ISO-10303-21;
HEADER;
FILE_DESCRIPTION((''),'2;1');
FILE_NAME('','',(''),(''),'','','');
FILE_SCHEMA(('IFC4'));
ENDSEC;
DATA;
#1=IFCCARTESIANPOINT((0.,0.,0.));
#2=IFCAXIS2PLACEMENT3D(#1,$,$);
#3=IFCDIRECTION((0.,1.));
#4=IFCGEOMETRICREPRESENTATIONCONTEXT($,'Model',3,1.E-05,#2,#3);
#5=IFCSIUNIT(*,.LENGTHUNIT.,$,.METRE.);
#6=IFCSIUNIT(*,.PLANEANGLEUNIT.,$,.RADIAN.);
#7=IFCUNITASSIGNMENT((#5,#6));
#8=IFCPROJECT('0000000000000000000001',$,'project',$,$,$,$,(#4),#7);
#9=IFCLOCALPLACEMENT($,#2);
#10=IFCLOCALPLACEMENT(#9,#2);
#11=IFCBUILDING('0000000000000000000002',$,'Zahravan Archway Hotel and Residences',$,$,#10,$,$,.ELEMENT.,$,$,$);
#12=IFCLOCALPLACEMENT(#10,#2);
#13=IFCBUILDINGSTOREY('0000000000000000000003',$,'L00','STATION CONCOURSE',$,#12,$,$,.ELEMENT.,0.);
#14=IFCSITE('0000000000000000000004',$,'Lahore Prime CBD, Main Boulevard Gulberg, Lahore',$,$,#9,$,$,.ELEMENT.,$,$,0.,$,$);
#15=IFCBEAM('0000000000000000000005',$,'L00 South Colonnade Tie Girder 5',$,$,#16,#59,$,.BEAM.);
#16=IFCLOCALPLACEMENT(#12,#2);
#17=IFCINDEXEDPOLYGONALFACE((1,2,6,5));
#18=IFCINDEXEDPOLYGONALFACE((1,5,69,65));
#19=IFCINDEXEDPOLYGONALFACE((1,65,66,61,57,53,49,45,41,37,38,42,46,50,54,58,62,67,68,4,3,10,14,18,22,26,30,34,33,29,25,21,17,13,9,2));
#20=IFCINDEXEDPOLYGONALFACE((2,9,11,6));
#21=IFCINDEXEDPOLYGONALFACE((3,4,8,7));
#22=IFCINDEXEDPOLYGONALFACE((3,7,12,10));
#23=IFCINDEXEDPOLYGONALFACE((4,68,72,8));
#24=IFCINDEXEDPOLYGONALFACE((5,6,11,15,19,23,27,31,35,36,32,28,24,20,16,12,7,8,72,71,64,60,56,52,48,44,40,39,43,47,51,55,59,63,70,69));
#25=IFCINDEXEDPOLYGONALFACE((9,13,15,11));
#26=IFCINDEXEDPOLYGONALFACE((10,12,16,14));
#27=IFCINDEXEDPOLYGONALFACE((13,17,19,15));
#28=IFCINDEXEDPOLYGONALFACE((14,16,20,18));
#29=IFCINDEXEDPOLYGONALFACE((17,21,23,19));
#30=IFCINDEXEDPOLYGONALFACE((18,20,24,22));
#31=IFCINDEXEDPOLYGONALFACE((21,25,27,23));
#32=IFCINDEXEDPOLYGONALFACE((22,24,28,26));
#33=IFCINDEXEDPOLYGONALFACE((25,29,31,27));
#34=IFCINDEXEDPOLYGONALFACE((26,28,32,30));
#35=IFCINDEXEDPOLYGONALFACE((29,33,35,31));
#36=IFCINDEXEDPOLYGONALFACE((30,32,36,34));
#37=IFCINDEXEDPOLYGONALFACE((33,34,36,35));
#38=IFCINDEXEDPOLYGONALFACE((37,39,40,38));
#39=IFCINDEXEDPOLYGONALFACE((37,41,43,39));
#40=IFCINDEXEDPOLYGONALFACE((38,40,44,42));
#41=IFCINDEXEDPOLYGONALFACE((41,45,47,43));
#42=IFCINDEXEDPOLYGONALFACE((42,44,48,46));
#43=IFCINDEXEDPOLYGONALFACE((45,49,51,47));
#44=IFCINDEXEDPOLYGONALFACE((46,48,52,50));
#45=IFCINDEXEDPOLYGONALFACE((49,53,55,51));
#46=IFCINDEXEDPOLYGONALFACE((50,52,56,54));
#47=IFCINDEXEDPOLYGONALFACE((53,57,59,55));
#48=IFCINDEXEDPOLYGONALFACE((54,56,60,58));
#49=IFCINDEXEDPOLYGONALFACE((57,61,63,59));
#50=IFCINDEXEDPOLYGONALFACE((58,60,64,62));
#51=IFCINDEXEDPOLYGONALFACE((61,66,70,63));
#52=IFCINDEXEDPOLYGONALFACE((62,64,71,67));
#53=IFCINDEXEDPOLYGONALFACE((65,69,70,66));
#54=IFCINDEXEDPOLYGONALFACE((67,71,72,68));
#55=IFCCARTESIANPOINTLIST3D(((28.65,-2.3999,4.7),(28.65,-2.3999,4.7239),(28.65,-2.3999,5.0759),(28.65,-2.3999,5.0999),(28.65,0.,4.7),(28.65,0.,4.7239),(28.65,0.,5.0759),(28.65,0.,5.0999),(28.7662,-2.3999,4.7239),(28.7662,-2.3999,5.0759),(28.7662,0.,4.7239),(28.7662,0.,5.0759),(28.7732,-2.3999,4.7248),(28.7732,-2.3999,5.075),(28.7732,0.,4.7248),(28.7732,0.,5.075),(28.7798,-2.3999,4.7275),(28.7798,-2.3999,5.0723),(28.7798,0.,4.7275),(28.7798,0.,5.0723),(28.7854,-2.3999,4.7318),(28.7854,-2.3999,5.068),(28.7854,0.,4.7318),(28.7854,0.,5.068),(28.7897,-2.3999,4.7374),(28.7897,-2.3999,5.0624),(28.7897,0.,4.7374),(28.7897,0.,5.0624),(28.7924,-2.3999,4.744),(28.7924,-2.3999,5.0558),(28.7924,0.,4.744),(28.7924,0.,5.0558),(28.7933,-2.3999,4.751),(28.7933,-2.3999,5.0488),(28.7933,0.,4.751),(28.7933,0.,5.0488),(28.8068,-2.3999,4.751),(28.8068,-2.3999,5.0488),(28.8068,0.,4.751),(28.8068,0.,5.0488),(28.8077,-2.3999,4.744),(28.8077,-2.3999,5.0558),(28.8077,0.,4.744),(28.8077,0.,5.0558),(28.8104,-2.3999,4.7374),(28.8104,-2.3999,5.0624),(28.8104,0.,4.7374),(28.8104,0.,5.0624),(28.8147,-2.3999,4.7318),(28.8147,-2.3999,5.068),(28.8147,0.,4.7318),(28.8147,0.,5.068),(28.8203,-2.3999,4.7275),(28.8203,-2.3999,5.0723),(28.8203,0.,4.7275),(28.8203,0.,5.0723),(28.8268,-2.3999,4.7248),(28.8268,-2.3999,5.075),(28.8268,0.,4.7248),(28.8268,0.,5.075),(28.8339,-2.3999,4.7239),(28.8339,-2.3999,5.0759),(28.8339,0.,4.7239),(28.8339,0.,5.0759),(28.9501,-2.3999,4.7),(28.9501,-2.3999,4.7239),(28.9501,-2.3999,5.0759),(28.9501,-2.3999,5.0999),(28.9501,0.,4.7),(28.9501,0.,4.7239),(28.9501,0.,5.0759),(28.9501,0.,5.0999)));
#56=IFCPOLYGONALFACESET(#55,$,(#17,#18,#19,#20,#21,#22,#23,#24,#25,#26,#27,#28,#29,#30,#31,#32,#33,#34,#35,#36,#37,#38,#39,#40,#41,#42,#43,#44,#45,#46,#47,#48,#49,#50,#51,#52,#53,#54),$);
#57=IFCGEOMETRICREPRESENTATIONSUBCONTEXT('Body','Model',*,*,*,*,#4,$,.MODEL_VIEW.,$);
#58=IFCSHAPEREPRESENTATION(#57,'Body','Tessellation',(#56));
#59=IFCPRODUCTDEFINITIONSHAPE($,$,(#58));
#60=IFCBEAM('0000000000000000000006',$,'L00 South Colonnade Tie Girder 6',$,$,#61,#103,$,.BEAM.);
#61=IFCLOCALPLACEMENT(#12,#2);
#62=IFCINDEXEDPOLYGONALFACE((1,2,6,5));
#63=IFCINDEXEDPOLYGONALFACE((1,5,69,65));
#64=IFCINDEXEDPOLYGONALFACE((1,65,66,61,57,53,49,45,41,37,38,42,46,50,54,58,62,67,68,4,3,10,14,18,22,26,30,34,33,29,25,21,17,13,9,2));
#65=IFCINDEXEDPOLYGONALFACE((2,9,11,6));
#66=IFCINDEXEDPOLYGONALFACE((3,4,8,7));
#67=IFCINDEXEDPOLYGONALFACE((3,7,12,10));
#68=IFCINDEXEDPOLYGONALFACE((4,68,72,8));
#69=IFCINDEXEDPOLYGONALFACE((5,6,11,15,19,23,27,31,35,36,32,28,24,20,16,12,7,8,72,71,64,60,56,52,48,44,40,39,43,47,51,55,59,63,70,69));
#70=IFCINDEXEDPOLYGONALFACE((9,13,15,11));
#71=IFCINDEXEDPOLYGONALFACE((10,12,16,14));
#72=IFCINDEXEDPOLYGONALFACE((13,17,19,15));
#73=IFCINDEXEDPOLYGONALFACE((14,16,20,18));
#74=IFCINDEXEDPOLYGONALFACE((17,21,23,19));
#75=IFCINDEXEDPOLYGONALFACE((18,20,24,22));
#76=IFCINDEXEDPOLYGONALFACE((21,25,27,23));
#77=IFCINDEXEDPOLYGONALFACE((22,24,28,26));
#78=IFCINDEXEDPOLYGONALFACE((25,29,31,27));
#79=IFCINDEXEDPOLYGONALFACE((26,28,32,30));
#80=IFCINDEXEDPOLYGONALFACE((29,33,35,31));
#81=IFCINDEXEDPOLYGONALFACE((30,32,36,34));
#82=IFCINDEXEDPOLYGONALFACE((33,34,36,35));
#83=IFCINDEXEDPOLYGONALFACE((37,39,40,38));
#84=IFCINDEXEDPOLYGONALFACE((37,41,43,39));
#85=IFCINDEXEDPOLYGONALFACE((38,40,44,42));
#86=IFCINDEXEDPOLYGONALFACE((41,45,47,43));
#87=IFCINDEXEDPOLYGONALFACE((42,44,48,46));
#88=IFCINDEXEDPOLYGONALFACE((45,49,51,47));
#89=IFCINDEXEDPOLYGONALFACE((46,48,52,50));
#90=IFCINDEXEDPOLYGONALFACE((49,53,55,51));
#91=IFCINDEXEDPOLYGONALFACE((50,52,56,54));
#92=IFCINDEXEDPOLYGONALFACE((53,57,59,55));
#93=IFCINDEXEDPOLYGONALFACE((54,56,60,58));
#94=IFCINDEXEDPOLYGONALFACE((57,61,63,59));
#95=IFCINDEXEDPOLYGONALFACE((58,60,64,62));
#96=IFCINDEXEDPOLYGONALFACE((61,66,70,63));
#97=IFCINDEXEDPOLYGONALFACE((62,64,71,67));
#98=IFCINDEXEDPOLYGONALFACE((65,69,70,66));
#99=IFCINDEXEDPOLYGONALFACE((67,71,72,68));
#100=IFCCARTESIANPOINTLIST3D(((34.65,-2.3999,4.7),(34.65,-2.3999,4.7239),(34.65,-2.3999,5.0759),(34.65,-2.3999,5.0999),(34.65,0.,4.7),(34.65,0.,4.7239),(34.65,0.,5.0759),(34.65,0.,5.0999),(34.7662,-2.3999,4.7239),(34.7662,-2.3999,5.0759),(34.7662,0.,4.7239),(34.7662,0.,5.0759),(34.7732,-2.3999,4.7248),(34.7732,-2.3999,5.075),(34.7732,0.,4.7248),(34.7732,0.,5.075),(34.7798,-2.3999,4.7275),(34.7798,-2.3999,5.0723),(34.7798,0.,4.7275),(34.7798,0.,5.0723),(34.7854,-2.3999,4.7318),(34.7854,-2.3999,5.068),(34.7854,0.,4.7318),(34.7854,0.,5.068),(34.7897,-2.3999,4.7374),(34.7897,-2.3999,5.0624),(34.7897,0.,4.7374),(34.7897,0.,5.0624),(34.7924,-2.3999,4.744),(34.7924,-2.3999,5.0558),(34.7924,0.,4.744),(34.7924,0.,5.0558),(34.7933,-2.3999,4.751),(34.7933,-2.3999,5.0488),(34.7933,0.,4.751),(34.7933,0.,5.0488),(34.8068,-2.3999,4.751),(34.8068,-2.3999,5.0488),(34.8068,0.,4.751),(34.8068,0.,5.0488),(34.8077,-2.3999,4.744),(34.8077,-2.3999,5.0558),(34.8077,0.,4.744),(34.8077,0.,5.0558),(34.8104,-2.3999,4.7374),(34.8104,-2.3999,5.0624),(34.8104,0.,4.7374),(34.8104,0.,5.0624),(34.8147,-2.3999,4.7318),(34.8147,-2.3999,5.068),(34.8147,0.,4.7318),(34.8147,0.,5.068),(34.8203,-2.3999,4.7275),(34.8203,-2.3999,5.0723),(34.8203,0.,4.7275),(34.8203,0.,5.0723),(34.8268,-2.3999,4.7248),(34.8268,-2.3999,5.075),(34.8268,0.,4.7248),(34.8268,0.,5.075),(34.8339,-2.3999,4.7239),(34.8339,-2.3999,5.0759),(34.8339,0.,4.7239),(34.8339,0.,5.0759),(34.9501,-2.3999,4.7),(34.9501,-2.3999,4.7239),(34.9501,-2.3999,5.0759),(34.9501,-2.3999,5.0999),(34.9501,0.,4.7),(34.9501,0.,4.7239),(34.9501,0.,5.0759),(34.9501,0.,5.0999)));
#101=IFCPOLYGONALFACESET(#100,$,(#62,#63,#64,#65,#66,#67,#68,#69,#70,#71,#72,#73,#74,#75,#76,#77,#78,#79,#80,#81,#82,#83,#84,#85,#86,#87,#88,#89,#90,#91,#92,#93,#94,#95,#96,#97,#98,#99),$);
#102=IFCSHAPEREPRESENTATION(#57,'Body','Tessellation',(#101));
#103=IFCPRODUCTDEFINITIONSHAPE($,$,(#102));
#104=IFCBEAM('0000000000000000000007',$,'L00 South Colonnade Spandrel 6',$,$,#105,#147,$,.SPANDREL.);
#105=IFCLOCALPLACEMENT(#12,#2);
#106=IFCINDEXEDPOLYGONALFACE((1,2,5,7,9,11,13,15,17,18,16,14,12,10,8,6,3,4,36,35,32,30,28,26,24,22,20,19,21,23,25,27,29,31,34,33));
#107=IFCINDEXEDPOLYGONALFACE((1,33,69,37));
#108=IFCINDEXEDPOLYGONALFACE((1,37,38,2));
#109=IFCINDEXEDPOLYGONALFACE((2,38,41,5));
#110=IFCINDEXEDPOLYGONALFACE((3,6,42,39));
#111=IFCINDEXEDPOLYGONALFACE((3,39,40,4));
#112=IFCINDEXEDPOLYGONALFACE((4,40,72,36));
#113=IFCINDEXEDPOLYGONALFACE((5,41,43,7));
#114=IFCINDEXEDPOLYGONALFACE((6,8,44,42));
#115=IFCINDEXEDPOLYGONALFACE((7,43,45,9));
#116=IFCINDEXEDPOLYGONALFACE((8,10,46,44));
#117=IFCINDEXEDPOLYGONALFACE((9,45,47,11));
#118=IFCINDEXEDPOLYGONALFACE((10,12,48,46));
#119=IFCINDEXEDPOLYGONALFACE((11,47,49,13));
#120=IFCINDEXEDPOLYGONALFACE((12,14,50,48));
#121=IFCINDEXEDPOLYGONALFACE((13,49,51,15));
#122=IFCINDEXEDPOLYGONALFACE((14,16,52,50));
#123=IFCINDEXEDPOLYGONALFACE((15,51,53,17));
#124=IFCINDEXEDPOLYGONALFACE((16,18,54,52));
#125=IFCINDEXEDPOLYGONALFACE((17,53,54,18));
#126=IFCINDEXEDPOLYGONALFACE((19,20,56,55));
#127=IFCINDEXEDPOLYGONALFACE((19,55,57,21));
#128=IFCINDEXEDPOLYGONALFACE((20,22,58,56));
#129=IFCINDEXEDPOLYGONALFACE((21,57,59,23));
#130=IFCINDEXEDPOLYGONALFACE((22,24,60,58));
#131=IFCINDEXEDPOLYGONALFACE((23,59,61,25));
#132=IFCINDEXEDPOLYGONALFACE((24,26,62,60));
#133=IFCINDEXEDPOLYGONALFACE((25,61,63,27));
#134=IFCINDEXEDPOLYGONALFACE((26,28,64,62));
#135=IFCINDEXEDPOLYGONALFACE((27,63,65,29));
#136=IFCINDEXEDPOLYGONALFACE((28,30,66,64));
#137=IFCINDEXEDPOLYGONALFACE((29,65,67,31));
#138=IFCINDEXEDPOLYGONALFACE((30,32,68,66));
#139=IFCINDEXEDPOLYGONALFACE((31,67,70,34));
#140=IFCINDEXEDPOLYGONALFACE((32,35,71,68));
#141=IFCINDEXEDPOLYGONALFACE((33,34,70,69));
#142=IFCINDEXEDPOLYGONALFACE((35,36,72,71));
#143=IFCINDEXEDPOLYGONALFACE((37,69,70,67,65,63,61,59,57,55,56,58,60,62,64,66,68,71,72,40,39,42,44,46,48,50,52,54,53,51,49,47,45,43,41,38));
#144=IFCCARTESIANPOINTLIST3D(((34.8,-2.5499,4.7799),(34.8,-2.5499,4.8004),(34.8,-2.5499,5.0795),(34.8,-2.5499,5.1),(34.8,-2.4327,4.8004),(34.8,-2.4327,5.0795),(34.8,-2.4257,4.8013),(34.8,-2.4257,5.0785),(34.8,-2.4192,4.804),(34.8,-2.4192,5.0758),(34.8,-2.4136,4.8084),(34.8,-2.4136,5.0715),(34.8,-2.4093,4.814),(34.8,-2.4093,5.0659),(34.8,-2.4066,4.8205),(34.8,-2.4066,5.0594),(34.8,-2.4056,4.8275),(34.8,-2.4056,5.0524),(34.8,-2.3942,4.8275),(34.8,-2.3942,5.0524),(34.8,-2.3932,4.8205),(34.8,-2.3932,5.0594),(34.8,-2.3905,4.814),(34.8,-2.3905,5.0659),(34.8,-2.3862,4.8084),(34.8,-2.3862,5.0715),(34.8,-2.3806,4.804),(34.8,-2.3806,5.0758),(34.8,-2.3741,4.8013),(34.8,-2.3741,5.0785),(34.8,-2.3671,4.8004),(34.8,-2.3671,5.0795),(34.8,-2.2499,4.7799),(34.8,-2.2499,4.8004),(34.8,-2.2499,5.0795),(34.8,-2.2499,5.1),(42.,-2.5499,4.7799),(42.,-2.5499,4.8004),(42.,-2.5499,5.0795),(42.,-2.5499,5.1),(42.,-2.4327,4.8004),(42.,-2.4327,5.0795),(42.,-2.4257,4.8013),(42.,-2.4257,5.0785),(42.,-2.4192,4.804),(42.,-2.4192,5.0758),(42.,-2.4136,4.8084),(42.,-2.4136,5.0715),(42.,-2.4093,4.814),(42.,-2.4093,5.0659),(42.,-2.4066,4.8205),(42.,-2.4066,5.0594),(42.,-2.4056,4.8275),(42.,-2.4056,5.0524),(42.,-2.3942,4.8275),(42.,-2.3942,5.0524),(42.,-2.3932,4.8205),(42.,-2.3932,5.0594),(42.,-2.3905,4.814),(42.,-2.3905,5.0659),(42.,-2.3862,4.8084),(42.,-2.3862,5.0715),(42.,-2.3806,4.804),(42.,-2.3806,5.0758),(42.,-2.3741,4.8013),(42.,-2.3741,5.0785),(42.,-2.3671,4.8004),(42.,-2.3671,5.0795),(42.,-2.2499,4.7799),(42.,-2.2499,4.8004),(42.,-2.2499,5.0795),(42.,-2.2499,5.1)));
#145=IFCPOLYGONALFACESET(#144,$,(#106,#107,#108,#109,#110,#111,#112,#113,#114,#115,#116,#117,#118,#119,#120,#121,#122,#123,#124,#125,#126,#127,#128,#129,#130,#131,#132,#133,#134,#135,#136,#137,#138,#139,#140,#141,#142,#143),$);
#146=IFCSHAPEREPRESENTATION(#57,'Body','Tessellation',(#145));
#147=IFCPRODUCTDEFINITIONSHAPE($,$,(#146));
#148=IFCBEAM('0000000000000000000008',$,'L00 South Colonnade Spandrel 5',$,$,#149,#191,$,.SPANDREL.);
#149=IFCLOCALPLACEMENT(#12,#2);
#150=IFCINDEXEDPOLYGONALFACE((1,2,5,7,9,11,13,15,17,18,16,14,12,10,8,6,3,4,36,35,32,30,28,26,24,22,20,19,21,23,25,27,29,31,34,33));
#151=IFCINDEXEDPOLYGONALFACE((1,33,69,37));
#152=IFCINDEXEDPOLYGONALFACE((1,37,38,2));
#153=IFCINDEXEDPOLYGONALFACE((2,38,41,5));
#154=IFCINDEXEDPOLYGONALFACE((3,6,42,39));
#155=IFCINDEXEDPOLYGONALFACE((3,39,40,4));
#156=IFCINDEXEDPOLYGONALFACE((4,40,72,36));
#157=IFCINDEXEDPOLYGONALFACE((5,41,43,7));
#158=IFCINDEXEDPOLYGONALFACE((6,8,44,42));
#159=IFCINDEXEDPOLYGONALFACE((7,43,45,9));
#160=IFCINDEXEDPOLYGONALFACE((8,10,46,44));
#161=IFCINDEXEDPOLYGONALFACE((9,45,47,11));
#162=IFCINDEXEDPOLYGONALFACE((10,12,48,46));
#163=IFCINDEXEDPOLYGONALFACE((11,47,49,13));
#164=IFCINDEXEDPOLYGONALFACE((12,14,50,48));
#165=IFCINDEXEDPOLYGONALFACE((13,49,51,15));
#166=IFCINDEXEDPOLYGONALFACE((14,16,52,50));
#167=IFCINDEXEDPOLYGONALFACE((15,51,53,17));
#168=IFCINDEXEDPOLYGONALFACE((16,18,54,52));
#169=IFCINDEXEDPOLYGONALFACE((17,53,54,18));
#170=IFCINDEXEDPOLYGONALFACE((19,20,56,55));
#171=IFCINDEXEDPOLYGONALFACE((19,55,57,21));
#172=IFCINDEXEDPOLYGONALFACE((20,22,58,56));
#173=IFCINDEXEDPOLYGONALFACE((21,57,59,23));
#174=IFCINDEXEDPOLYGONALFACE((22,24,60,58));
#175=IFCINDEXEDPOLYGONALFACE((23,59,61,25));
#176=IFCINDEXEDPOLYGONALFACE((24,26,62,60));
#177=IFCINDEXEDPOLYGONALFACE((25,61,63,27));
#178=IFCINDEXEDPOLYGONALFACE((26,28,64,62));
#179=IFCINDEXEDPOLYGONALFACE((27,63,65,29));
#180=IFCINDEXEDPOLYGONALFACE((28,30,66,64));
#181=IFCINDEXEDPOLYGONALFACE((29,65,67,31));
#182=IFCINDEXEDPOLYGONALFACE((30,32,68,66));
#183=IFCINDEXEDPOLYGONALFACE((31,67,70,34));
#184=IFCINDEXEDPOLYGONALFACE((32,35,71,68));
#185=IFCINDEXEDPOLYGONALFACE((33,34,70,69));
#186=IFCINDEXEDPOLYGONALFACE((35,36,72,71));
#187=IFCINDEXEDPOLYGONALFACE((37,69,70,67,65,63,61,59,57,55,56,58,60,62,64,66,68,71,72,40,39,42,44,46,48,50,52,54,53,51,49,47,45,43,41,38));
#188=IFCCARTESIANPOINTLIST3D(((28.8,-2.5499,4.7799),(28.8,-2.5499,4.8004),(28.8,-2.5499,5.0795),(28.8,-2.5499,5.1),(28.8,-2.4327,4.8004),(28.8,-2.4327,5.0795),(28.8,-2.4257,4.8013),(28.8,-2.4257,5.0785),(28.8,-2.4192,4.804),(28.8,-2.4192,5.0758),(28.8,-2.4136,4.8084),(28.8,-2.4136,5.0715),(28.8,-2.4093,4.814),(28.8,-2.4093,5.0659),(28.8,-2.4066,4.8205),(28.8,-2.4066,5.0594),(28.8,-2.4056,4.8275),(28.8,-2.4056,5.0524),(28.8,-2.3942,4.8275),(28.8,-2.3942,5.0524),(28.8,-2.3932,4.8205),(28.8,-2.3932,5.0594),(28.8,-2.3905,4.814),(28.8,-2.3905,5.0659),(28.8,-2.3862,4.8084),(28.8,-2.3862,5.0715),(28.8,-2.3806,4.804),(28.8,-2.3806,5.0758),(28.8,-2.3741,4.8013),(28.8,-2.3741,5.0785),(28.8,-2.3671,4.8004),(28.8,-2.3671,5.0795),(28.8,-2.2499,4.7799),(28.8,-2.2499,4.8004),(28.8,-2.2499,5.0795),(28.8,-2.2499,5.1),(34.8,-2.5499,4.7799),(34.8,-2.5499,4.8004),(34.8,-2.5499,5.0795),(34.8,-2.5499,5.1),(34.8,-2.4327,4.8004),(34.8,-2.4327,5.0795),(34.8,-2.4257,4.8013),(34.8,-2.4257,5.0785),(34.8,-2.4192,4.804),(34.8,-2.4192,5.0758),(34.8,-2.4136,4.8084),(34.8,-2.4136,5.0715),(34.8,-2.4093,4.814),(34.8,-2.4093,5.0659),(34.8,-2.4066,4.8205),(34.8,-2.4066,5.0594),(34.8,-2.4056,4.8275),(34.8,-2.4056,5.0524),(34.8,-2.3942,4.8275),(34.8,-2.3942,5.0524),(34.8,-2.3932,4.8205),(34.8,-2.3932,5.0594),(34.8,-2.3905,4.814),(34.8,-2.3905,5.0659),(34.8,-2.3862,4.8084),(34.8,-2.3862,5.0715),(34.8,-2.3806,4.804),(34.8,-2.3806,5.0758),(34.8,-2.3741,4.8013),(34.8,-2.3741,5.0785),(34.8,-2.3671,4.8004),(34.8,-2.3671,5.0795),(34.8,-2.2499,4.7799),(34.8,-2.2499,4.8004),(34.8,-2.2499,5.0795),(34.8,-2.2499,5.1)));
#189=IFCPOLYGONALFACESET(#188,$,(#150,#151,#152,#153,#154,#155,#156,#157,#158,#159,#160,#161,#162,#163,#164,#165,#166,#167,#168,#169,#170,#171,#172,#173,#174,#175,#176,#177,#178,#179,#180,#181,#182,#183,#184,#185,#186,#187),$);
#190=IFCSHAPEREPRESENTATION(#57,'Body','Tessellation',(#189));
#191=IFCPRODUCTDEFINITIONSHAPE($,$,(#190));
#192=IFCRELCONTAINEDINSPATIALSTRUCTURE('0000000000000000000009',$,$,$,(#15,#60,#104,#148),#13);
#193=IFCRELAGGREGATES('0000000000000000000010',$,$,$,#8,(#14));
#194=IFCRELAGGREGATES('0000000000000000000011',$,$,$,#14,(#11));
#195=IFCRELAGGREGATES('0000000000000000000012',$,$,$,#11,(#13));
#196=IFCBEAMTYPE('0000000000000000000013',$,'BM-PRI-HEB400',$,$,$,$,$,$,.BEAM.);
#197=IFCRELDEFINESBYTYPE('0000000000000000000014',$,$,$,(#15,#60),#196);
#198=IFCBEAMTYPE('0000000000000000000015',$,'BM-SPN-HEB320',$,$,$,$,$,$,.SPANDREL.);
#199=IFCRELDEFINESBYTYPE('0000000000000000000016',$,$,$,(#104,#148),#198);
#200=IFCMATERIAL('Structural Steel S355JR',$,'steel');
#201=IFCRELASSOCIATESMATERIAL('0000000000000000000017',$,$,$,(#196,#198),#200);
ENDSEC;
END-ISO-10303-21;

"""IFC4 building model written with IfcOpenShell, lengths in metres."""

from ifc_helpers import new_model, si_unit, direction, frame, origin, origin_2d, place, context, subcontext, project, spatial, i_section, extrude, source, transform, mapped, material, material_profile, profile_set, type_object, type_shapes, element, save


model = new_model("IFC4")

# Units and contexts
model_context = context("Model", 3, precision=1e-05, world=origin(), true_north=direction((0.0, 1.0)))
body_context = subcontext(model_context, "Body", "Model", "MODEL_VIEW")
ifc_project = project(units=[si_unit("LENGTHUNIT", "METRE"), si_unit("PLANEANGLEUNIT", "RADIAN")], contexts=[model_context])

# Site, building, storey
site_placement = place(None, origin())
site = spatial("IfcSite", under=ifc_project, at=site_placement, Name="Lahore Prime CBD, Main Boulevard Gulberg, Lahore", CompositionType="ELEMENT", RefElevation=0.0)
building_placement = place(site_placement, origin())
building = spatial("IfcBuilding", under=site, at=building_placement, Name="Zahravan Archway Hotel and Residences", CompositionType="ELEMENT")
storey_placement = place(building_placement, origin())
storey = spatial("IfcBuildingStorey", under=building, at=storey_placement, Name="L00", Description="STATION CONCOURSE", CompositionType="ELEMENT", Elevation=0.0)

# Beams
ifc_material_1 = material(Name="Structural Steel S355JR", Category="steel")
ifc_material_profile_1 = material_profile(ifc_material_1, i_section(OverallWidth=0.3, OverallDepth=0.3999, WebThickness=0.0134, FlangeThickness=0.0239, FilletRadius=0.0271, at=origin_2d()), Name="HEB 400", Category="steel")
ifc_profile_set_1 = profile_set([ifc_material_profile_1], Name="Structural Steel S355JR")
beam_type_1 = type_object("IfcBeamType", Name="BM-PRI-HEB400", PredefinedType="BEAM", material=ifc_profile_set_1)
shared_shape_1 = source(origin(), body_context, "Body", "SweptSolid", [
    extrude(i_section(OverallWidth=0.3, OverallDepth=0.3999, WebThickness=0.0134, FlangeThickness=0.0239, FilletRadius=0.0271, at=origin_2d()), origin(), (0.0, 0.0, 1.0), 2.3999),
])
for number, where, z_axis, x_axis, name in (
    (1, (28.8, -2.3999, 4.8999), (0.0, 1.0, 0.0), (-1.0, 0.0, 0.0), "L00 South Colonnade Tie Girder 5"),
    (2, (34.8, -2.3999, 4.8999), (0.0, 1.0, 0.0), (-1.0, 0.0, 0.0), "L00 South Colonnade Tie Girder 6"),
):
    element("IfcBeam", number, at=place(storey_placement, frame(where, z_axis=z_axis, x_axis=x_axis)), inside=storey, type_object=beam_type_1, Name=name, PredefinedType="BEAM", context=body_context, shape_type="MappedRepresentation", body=[
        mapped(shared_shape_1, transform((0.0, 0.0, 0.0), scale=1.0)),
    ])
ifc_material_profile_2 = material_profile(ifc_material_1, i_section(OverallWidth=0.3, OverallDepth=0.3201, WebThickness=0.0115, FlangeThickness=0.0205, FilletRadius=0.0271, at=origin_2d()), Name="HEB 320", Category="steel")
ifc_profile_set_2 = profile_set([ifc_material_profile_2], Name="Structural Steel S355JR")
beam_type_2 = type_object("IfcBeamType", Name="BM-SPN-HEB320", PredefinedType="SPANDREL", material=ifc_profile_set_2)
shared_shape_2 = source(origin(), body_context, "Body", "SweptSolid", [
    extrude(i_section(OverallWidth=0.3, OverallDepth=0.3201, WebThickness=0.0115, FlangeThickness=0.0205, FilletRadius=0.0271, at=origin_2d()), origin(), (0.0, 0.0, 1.0), 7.2),
])
type_shapes(beam_type_2, [shared_shape_2])
beam_1_placement = place(storey_placement, frame((34.8, -2.3999, 4.9399), z_axis=(1.0, 0.0, 0.0), x_axis=(0.0, 1.0, 0.0)))
element("IfcBeam", 3, at=beam_1_placement, inside=storey, type_object=beam_type_2, Name="L00 South Colonnade Spandrel 6", PredefinedType="SPANDREL", context=body_context, shape_type="MappedRepresentation", body=[
    mapped(shared_shape_2, transform((0.0, 0.0, 0.0), scale=1.0)),
])
shared_shape_3 = source(origin(), body_context, "Body", "SweptSolid", [
    extrude(i_section(OverallWidth=0.3, OverallDepth=0.3201, WebThickness=0.0115, FlangeThickness=0.0205, FilletRadius=0.0271, at=origin_2d()), origin(), (0.0, 0.0, 1.0), 6.0),
])
beam_2_placement = place(storey_placement, frame((28.8, -2.3999, 4.9399), z_axis=(1.0, 0.0, 0.0), x_axis=(0.0, 1.0, 0.0)))
element("IfcBeam", 4, at=beam_2_placement, inside=storey, type_object=beam_type_2, Name="L00 South Colonnade Spandrel 5", PredefinedType="SPANDREL", context=body_context, shape_type="MappedRepresentation", body=[
    mapped(shared_shape_3, transform((0.0, 0.0, 0.0), scale=1.0)),
])

save(model, "model.ifc")
